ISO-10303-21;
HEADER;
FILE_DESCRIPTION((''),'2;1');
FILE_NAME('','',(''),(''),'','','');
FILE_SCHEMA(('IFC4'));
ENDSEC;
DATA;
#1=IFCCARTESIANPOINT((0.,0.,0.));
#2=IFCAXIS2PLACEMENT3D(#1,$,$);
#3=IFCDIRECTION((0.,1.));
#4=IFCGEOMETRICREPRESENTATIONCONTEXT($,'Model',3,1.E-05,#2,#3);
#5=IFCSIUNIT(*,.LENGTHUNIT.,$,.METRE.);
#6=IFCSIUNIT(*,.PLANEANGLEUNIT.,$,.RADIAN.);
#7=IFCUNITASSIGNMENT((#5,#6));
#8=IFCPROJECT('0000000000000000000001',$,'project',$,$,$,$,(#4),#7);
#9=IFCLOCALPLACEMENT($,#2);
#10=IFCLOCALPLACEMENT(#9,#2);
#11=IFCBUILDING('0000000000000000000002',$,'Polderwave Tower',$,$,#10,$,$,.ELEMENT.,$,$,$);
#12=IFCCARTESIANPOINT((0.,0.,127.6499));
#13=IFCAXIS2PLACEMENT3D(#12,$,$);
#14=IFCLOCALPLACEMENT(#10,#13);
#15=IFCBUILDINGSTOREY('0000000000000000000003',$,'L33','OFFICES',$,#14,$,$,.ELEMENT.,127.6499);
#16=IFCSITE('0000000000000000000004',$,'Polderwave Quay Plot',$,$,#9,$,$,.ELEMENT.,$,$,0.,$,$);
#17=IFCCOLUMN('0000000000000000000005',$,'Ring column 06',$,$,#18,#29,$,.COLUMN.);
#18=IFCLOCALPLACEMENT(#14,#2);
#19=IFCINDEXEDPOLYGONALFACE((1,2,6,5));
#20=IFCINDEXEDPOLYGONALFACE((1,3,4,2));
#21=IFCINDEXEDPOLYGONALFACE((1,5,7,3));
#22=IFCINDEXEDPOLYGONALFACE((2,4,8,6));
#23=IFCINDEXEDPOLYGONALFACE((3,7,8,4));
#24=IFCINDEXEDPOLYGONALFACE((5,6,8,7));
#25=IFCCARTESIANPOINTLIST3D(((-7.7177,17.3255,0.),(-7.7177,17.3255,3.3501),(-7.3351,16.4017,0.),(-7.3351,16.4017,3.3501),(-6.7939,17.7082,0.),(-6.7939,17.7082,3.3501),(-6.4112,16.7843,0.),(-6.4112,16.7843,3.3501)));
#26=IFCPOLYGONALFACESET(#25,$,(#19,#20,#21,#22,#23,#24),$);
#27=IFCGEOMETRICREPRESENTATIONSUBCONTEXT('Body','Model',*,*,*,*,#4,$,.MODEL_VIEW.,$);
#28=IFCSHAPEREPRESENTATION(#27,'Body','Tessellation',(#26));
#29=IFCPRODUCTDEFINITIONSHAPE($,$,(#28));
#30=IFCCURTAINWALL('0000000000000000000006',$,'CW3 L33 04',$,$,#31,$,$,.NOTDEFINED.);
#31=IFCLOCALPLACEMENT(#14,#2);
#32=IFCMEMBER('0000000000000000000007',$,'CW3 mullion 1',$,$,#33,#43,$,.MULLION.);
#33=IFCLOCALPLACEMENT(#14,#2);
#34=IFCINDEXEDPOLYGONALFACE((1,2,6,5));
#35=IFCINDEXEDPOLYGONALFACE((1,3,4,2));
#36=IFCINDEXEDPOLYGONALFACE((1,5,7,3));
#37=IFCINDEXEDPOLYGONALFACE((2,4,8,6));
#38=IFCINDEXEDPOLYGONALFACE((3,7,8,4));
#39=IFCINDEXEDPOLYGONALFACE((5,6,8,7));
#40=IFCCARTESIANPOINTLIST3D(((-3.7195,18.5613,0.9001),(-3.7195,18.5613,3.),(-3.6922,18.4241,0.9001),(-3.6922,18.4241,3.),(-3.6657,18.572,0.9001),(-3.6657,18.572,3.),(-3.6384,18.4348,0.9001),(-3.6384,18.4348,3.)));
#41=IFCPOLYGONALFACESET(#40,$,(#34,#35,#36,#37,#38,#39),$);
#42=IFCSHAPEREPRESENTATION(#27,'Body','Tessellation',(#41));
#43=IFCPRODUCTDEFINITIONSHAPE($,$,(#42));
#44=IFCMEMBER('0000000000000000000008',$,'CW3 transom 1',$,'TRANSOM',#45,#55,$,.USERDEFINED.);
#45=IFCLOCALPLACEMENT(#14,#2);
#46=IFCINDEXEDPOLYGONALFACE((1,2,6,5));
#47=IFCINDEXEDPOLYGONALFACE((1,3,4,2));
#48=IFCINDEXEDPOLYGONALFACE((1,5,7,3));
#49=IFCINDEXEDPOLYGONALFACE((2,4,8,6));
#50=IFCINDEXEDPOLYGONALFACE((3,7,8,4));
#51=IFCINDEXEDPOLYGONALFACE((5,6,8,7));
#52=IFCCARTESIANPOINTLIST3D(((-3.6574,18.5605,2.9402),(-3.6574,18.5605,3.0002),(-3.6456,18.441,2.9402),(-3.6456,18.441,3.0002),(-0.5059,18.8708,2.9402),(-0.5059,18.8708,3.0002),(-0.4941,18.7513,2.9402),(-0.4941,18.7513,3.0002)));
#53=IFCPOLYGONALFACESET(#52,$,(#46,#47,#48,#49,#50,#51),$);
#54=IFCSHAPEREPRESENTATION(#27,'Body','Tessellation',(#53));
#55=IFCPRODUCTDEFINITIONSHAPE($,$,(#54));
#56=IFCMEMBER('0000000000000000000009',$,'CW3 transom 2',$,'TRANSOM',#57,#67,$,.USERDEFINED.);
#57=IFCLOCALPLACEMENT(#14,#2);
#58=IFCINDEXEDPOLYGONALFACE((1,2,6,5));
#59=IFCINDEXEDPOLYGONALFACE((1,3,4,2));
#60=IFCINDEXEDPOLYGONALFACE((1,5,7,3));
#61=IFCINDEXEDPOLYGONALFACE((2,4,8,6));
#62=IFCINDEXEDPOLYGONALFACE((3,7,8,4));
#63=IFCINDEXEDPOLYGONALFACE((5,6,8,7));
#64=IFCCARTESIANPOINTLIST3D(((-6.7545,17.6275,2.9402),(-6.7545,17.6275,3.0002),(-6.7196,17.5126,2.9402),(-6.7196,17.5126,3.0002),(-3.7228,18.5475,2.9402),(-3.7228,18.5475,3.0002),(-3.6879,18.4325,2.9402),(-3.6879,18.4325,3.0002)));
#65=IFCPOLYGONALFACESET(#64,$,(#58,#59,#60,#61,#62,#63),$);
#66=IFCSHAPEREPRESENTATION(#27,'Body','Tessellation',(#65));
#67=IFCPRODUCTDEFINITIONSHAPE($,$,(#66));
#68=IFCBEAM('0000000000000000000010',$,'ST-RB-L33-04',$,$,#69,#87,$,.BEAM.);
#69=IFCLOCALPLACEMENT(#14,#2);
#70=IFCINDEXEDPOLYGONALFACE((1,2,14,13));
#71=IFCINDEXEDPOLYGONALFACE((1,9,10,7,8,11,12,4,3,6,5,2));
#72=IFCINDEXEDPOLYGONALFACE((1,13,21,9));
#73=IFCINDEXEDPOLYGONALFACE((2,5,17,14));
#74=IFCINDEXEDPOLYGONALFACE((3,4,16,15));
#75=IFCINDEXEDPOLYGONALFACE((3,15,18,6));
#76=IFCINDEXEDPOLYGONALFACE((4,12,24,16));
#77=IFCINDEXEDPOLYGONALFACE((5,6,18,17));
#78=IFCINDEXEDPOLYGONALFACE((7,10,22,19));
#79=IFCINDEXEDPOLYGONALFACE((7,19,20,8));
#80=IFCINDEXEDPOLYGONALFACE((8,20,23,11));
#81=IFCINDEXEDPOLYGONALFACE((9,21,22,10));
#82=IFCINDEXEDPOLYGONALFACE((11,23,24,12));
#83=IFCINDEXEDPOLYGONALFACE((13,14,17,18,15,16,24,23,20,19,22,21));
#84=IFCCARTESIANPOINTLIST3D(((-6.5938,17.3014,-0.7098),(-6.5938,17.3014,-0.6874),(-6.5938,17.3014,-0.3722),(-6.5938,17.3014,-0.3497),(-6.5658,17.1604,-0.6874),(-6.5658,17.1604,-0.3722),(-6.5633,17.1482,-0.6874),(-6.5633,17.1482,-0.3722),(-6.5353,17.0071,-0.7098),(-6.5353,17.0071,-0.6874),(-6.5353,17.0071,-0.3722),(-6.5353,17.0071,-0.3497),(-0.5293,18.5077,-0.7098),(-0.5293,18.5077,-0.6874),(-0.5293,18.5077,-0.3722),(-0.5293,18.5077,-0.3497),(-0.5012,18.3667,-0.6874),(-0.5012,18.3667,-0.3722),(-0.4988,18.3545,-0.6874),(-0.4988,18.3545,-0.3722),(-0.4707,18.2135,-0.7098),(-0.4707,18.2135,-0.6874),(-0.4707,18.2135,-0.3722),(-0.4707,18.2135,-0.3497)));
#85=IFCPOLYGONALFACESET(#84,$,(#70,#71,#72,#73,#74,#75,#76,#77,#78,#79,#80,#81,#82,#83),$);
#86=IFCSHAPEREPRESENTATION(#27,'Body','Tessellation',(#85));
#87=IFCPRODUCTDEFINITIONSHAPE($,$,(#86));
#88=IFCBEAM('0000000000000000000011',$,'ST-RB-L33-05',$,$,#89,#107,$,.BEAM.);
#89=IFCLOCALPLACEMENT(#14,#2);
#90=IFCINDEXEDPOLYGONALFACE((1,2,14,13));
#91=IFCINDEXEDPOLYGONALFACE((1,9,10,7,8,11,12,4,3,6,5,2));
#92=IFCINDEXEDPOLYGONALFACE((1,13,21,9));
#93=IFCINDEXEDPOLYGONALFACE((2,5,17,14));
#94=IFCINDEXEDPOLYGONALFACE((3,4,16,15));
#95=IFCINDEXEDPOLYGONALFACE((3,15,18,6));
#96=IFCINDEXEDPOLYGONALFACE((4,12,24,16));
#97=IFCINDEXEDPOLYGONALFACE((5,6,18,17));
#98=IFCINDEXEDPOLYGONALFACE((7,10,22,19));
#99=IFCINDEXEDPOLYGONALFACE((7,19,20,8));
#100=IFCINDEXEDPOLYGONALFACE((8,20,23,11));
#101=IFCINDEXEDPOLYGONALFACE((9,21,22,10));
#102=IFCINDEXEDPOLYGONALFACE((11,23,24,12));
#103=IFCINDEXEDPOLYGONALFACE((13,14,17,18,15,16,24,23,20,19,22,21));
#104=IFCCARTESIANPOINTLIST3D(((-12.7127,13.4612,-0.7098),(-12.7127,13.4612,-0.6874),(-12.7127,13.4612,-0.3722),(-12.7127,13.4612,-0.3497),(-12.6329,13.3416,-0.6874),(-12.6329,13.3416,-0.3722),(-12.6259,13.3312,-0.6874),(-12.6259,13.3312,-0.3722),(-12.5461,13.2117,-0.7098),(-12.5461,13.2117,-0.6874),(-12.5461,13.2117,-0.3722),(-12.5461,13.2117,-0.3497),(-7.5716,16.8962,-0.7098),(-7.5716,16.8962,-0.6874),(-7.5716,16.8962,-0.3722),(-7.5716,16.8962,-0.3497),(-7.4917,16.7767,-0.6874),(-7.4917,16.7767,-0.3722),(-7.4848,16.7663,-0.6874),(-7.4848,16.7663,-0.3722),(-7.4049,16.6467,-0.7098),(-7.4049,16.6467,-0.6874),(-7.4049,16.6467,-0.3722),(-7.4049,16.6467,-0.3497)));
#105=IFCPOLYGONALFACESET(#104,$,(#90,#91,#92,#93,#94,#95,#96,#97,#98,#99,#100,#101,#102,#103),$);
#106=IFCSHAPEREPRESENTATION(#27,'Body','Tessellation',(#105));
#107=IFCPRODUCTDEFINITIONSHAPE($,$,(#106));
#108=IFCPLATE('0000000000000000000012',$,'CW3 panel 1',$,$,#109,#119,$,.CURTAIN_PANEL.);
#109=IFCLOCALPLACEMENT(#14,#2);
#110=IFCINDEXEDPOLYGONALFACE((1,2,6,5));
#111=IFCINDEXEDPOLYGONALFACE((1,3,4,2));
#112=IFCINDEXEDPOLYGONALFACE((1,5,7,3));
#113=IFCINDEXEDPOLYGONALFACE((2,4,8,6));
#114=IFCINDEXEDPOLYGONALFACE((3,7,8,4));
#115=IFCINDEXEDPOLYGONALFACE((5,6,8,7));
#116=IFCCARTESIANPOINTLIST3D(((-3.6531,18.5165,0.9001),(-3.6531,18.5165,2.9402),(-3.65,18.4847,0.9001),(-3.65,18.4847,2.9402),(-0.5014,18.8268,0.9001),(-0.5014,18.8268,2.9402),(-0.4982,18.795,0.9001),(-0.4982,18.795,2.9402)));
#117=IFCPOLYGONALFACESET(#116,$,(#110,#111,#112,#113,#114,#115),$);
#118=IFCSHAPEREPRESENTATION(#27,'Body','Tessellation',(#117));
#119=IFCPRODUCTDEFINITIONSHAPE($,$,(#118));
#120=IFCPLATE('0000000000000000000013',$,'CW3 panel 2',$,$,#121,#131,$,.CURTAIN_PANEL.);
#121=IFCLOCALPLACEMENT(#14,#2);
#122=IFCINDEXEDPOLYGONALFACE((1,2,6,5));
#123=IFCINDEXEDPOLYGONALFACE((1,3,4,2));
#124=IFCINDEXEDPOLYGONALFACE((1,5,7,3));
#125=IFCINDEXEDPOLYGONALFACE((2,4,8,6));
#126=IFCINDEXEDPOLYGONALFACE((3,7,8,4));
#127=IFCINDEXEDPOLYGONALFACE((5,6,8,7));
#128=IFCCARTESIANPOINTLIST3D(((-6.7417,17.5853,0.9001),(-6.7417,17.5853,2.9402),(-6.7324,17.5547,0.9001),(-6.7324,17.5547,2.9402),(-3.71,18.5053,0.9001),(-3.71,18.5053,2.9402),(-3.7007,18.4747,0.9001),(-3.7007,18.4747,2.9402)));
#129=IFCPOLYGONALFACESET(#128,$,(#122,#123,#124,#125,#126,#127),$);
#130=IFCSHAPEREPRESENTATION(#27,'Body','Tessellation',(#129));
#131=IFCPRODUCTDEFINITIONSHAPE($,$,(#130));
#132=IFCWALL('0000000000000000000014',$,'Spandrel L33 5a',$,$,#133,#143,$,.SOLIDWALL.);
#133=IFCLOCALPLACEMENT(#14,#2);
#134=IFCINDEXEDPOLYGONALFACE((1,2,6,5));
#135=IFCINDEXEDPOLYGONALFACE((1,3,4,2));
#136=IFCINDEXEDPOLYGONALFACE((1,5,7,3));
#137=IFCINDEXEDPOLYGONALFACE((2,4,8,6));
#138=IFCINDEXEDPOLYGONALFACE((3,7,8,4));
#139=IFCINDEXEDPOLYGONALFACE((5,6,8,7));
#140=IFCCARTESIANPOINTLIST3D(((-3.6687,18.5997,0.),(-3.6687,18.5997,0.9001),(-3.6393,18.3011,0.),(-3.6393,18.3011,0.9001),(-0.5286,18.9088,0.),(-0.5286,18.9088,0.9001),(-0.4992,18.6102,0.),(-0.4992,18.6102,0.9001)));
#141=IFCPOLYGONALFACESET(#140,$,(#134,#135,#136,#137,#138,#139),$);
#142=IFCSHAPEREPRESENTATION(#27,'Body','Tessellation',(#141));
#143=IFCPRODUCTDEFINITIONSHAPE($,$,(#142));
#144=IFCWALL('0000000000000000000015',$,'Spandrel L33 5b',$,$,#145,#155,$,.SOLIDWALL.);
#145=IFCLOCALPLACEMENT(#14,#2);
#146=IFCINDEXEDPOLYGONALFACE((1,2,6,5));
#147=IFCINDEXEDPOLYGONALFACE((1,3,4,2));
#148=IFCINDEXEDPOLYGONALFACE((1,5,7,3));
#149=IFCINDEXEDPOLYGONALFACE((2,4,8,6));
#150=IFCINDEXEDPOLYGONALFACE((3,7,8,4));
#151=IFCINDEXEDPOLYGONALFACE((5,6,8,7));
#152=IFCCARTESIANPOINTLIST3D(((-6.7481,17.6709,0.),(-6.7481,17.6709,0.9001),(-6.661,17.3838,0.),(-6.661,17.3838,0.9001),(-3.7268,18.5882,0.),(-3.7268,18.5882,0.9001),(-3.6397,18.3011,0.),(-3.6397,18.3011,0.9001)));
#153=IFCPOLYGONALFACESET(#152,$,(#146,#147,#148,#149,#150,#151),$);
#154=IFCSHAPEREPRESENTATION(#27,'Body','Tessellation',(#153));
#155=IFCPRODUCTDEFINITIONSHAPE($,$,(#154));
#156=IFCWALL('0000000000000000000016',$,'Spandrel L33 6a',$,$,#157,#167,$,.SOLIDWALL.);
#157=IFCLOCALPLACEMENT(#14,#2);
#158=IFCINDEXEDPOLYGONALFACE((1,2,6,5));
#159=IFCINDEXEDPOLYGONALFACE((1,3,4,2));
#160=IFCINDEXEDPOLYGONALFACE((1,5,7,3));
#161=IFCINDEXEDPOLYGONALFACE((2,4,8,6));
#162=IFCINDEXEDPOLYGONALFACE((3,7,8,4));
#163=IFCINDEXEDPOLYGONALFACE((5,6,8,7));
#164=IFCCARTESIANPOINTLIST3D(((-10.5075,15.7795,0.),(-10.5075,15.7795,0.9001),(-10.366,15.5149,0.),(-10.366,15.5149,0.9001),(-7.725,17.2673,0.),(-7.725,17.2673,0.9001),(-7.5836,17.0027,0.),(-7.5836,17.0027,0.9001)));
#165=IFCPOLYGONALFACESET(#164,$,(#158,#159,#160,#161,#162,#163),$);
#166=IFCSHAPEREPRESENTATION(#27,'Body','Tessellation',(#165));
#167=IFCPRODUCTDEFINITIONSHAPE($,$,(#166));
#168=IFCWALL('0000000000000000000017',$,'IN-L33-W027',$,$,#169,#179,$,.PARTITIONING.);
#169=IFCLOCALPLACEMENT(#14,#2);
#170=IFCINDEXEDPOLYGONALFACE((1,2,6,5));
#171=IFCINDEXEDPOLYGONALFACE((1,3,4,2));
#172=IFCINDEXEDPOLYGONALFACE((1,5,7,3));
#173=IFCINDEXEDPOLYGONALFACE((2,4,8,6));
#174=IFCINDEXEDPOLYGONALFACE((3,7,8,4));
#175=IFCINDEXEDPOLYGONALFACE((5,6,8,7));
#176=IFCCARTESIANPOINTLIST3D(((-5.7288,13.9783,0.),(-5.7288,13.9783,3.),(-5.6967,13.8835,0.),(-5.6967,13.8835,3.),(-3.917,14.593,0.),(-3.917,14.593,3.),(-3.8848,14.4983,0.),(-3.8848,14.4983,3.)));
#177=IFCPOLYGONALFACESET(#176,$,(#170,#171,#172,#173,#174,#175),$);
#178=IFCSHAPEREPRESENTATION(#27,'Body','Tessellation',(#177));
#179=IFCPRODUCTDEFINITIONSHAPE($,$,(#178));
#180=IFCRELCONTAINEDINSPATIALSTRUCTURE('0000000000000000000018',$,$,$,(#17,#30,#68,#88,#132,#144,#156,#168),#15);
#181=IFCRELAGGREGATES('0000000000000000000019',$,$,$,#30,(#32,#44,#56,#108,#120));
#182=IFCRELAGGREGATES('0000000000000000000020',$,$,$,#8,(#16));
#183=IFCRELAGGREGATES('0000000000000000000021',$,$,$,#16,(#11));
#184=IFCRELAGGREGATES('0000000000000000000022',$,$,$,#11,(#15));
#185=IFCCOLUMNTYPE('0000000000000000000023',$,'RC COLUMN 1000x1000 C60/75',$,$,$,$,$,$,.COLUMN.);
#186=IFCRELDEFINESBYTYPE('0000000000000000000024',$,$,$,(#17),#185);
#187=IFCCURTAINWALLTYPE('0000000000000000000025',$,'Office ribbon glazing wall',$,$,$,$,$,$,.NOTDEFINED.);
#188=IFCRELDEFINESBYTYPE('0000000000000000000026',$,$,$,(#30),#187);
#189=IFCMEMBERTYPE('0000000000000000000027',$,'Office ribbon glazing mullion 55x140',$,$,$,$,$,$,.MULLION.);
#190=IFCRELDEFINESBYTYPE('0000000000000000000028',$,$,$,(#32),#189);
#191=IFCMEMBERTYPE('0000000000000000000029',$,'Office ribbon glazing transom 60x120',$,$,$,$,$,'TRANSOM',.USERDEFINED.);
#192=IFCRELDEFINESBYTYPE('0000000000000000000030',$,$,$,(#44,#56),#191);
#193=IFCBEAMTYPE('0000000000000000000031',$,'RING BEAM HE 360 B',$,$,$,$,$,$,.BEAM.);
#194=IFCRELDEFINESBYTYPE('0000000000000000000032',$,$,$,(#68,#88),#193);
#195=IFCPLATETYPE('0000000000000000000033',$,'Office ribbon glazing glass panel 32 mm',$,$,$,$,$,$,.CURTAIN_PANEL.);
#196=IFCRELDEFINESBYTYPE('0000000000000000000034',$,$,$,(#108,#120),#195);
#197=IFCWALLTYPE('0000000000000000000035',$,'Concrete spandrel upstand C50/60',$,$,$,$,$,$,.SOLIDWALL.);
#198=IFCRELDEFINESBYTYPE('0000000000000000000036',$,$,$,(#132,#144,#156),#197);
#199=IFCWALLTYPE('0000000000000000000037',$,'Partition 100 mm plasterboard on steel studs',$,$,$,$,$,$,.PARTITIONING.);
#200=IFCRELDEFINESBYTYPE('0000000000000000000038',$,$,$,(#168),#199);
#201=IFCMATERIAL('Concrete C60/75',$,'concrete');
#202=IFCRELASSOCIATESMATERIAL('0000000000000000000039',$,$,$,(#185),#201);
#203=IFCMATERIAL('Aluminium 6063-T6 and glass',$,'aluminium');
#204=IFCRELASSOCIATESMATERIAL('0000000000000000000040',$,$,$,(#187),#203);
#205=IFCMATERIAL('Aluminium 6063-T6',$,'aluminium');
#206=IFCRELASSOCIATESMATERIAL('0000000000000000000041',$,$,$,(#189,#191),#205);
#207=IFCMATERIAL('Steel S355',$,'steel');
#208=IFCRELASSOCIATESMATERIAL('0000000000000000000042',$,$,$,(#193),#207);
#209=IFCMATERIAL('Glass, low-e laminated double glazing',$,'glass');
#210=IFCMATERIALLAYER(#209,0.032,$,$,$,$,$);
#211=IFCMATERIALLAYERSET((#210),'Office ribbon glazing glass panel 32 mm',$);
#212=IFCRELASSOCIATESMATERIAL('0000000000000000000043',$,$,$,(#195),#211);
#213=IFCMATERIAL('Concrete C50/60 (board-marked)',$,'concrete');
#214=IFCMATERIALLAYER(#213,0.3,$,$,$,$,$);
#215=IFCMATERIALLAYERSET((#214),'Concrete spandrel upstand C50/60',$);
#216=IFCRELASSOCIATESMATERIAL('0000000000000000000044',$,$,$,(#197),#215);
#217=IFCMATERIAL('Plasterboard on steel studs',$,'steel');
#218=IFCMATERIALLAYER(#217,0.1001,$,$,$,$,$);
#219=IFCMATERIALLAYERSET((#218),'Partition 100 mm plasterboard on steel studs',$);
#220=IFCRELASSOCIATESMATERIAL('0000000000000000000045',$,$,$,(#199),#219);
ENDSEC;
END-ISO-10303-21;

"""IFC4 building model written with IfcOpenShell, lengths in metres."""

from ifc_helpers import new_model, si_unit, direction, frame, frame_2d, origin, origin_2d, place, context, subcontext, project, spatial, rectangle, i_section, extrude, material, layer, layer_set, material_profile, profile_set, type_object, element, aggregate, save


model = new_model("IFC4")

# Units and contexts
model_context = context("Model", 3, precision=1e-05, world=origin(), true_north=direction((0.0, 1.0)))
body_context = subcontext(model_context, "Body", "Model", "MODEL_VIEW")
ifc_project = project(units=[si_unit("LENGTHUNIT", "METRE"), si_unit("PLANEANGLEUNIT", "RADIAN")], contexts=[model_context])

# Site, building, storey
site_placement = place(None, origin())
site = spatial("IfcSite", under=ifc_project, at=site_placement, Name="Polderwave Quay Plot", CompositionType="ELEMENT", RefElevation=0.0)
building_placement = place(site_placement, origin())
building = spatial("IfcBuilding", under=site, at=building_placement, Name="Polderwave Tower", CompositionType="ELEMENT")
storey_placement = place(building_placement, frame((0.0, 0.0, 127.6499)))
storey = spatial("IfcBuildingStorey", under=building, at=storey_placement, Name="L33", Description="OFFICES", CompositionType="ELEMENT", Elevation=127.6499)

# Column
ifc_material_1 = material(Name="Concrete C60/75", Category="concrete")
ifc_material_profile_1 = material_profile(ifc_material_1, rectangle(XDim=1.0, YDim=1.0, at=origin_2d()), Name="RC 1000x1000")
ifc_profile_set_1 = profile_set([ifc_material_profile_1], Name="Concrete C60/75")
column_type = type_object("IfcColumnType", Name="RC COLUMN 1000x1000 C60/75", PredefinedType="COLUMN", material=ifc_profile_set_1)
column_placement = place(storey_placement, frame((-7.0645, 17.0549, 0.0), z_axis=(0.0, 0.0, 1.0), x_axis=(-0.382683, 0.92388, 0.0)))
element("IfcColumn", 1, at=column_placement, inside=storey, type_object=column_type, Name="Ring column 06", PredefinedType="COLUMN", context=body_context, shape_type="SweptSolid", body=[
    extrude(rectangle(XDim=1.0, YDim=1.0, at=origin_2d()), origin(), (0.0, 0.0, 1.0), 3.3501),
])

# Curtain wall, members
ifc_material_2 = material(Name="Aluminium 6063-T6 and glass", Category="aluminium")
curtain_wall_type = type_object("IfcCurtainWallType", Name="Office ribbon glazing wall", PredefinedType="NOTDEFINED", material=ifc_material_2)
curtain_wall_placement = place(storey_placement, origin())
curtain_wall = element("IfcCurtainWall", 2, at=curtain_wall_placement, inside=storey, type_object=curtain_wall_type, Name="CW3 L33 04", PredefinedType="NOTDEFINED")
ifc_material_3 = material(Name="Aluminium 6063-T6", Category="aluminium")
ifc_material_profile_2 = material_profile(ifc_material_3, rectangle(XDim=0.1399, YDim=0.0549, at=origin_2d()), Name="AL 55x140")
ifc_profile_set_2 = profile_set([ifc_material_profile_2], Name="Aluminium 6063-T6")
member_type_1 = type_object("IfcMemberType", Name="Office ribbon glazing mullion 55x140", PredefinedType="MULLION", material=ifc_profile_set_2)
member_1_placement = place(storey_placement, frame((-3.679, 18.498, 0.9001), z_axis=(0.0, 0.0, 1.0), x_axis=(0.195128, -0.980778, 0.0)))
member_1 = element("IfcMember", 3, at=member_1_placement, type_object=member_type_1, Name="CW3 mullion 1", PredefinedType="MULLION", context=body_context, shape_type="SweptSolid", body=[
    extrude(rectangle(XDim=0.1399, YDim=0.0549, at=origin_2d()), origin(), (0.0, 0.0, 1.0), 2.0999),
])
ifc_material_profile_3 = material_profile(ifc_material_3, rectangle(XDim=0.1201, YDim=0.0601, at=origin_2d()), Name="AL 60x120")
ifc_profile_set_3 = profile_set([ifc_material_profile_3], Name="Aluminium 6063-T6")
member_type_2 = type_object("IfcMemberType", Name="Office ribbon glazing transom 60x120", ElementType="TRANSOM", PredefinedType="USERDEFINED", material=ifc_profile_set_3)
member_2_placement = place(storey_placement, frame((-0.5, 18.811, 2.9702), z_axis=(-0.995188, -0.097985, 0.0), x_axis=(0.097985, -0.995188, 0.0)))
member_2 = element("IfcMember", 4, at=member_2_placement, type_object=member_type_2, Name="CW3 transom 1", ObjectType="TRANSOM", PredefinedType="USERDEFINED", context=body_context, shape_type="SweptSolid", body=[
    extrude(rectangle(XDim=0.1201, YDim=0.0601, at=origin_2d()), origin(), (0.0, 0.0, 1.0), 3.1667),
])
member_3_placement = place(storey_placement, frame((-3.7053, 18.49, 2.9702), z_axis=(-0.956918, -0.290358, 0.0), x_axis=(0.290358, -0.956918, 0.0)))
member_3 = element("IfcMember", 5, at=member_3_placement, type_object=member_type_2, Name="CW3 transom 2", ObjectType="TRANSOM", PredefinedType="USERDEFINED", context=body_context, shape_type="SweptSolid", body=[
    extrude(rectangle(XDim=0.1201, YDim=0.0601, at=origin_2d()), origin(), (0.0, 0.0, 1.0), 3.1682),
])

# Beams
ifc_material_4 = material(Name="Steel S355", Category="steel")
ifc_material_profile_4 = material_profile(ifc_material_4, i_section(OverallWidth=0.3, OverallDepth=0.3601, WebThickness=0.0125, FlangeThickness=0.0225, at=origin_2d()), Name="HE 360 B")
ifc_profile_set_4 = profile_set([ifc_material_profile_4], Name="Steel S355")
beam_type = type_object("IfcBeamType", Name="RING BEAM HE 360 B", PredefinedType="BEAM", material=ifc_profile_set_4)
beam_1_placement = place(storey_placement, frame((-0.5, 18.3606, -0.5298), z_axis=(-0.980785, -0.195091, 0.0), x_axis=(0.195091, -0.980785, 0.0)))
element("IfcBeam", 6, at=beam_1_placement, inside=storey, type_object=beam_type, Name="ST-RB-L33-04", PredefinedType="BEAM", context=body_context, shape_type="SweptSolid", body=[
    extrude(i_section(OverallWidth=0.3, OverallDepth=0.3601, WebThickness=0.0125, FlangeThickness=0.0225, at=origin_2d()), origin(), (0.0, 0.0, 1.0), 6.1833),
])
beam_2_placement = place(storey_placement, frame((-7.4883, 16.7715, -0.5298), z_axis=(-0.831479, -0.555556, 0.0), x_axis=(0.555556, -0.831479, 0.0)))
element("IfcBeam", 7, at=beam_2_placement, inside=storey, type_object=beam_type, Name="ST-RB-L33-05", PredefinedType="BEAM", context=body_context, shape_type="SweptSolid", body=[
    extrude(i_section(OverallWidth=0.3, OverallDepth=0.3601, WebThickness=0.0125, FlangeThickness=0.0225, at=origin_2d()), origin(), (0.0, 0.0, 1.0), 6.1831),
])

# Plates
ifc_material_5 = material(Name="Glass, low-e laminated double glazing", Category="glass")
ifc_layer_1 = layer(ifc_material_5, 0.032)
ifc_layer_set_1 = layer_set([ifc_layer_1], Name="Office ribbon glazing glass panel 32 mm")
plate_type = type_object("IfcPlateType", Name="Office ribbon glazing glass panel 32 mm", PredefinedType="CURTAIN_PANEL", material=ifc_layer_set_1)
plate_1_placement = place(storey_placement, frame((-2.0757, 18.6558, 0.9001), z_axis=(0.0, 0.0, 1.0), x_axis=(-0.995188, -0.097984, 0.0)))
plate_1 = element("IfcPlate", 8, at=plate_1_placement, type_object=plate_type, Name="CW3 panel 1", PredefinedType="CURTAIN_PANEL", context=body_context, shape_type="SweptSolid", body=[
    extrude(rectangle(XDim=3.167, YDim=0.032, at=origin_2d()), origin(), (0.0, 0.0, 1.0), 2.04),
])
plate_2_placement = place(storey_placement, frame((-5.2212, 18.03, 0.9001), z_axis=(0.0, 0.0, 1.0), x_axis=(-0.956908, -0.29039, 0.0)))
plate_2 = element("IfcPlate", 9, at=plate_2_placement, type_object=plate_type, Name="CW3 panel 2", PredefinedType="CURTAIN_PANEL", context=body_context, shape_type="SweptSolid", body=[
    extrude(rectangle(XDim=3.1682, YDim=0.032, at=origin_2d()), origin(), (0.0, 0.0, 1.0), 2.04),
])
aggregate(curtain_wall, [member_1, member_2, member_3, plate_1, plate_2])

# Walls
ifc_material_6 = material(Name="Concrete C50/60 (board-marked)", Category="concrete")
ifc_layer_2 = layer(ifc_material_6, 0.3)
ifc_layer_set_2 = layer_set([ifc_layer_2], Name="Concrete spandrel upstand C50/60")
wall_type_1 = type_object("IfcWallType", Name="Concrete spandrel upstand C50/60", PredefinedType="SOLIDWALL", material=ifc_layer_set_2)
wall_1_placement = place(storey_placement, frame((-0.5139, 18.7595, 0.0), z_axis=(0.0, 0.0, 1.0), x_axis=(-0.995191, -0.097956, 0.0)))
element("IfcWall", 10, at=wall_1_placement, inside=storey, type_object=wall_type_1, Name="Spandrel L33 5a", PredefinedType="SOLIDWALL", context=body_context, shape_type="SweptSolid", body=[
    extrude(rectangle(XDim=3.1553, YDim=0.3, at=frame_2d((1.5776, 0.0))), origin(), (0.0, 0.0, 1.0), 0.9001),
])
wall_2_placement = place(storey_placement, frame((-3.6833, 18.4446, 0.0), z_axis=(0.0, 0.0, 1.0), x_axis=(-0.956874, -0.290503, 0.0)))
element("IfcWall", 11, at=wall_2_placement, inside=storey, type_object=wall_type_1, Name="Spandrel L33 5b", PredefinedType="SOLIDWALL", context=body_context, shape_type="SweptSolid", body=[
    extrude(rectangle(XDim=3.1575, YDim=0.3, at=frame_2d((1.5786, 0.0))), origin(), (0.0, 0.0, 1.0), 0.9001),
])
wall_3_placement = place(storey_placement, frame((-7.6543, 17.135, 0.0), z_axis=(0.0, 0.0, 1.0), x_axis=(-0.881851, -0.471528, 0.0)))
element("IfcWall", 12, at=wall_3_placement, inside=storey, type_object=wall_type_1, Name="Spandrel L33 6a", PredefinedType="SOLIDWALL", context=body_context, shape_type="SweptSolid", body=[
    extrude(rectangle(XDim=3.1553, YDim=0.3, at=frame_2d((1.5776, 0.0))), origin(), (0.0, 0.0, 1.0), 0.9001),
])
ifc_material_7 = material(Name="Plasterboard on steel studs", Category="steel")
ifc_layer_3 = layer(ifc_material_7, 0.1001)
ifc_layer_set_3 = layer_set([ifc_layer_3], Name="Partition 100 mm plasterboard on steel studs")
wall_type_2 = type_object("IfcWallType", Name="Partition 100 mm plasterboard on steel studs", PredefinedType="PARTITIONING", material=ifc_layer_set_3)
wall_4_placement = place(storey_placement, frame((-5.7126, 13.9309, 0.0), z_axis=(0.0, 0.0, 1.0), x_axis=(0.946972, 0.321315, 0.0)))
element("IfcWall", 13, at=wall_4_placement, inside=storey, type_object=wall_type_2, Name="IN-L33-W027", PredefinedType="PARTITIONING", context=body_context, shape_type="SweptSolid", body=[
    extrude(rectangle(XDim=1.9133, YDim=0.1001, at=frame_2d((0.9565, 0.0))), origin(), (0.0, 0.0, 1.0), 3.0),
])

save(model, "model.ifc")
